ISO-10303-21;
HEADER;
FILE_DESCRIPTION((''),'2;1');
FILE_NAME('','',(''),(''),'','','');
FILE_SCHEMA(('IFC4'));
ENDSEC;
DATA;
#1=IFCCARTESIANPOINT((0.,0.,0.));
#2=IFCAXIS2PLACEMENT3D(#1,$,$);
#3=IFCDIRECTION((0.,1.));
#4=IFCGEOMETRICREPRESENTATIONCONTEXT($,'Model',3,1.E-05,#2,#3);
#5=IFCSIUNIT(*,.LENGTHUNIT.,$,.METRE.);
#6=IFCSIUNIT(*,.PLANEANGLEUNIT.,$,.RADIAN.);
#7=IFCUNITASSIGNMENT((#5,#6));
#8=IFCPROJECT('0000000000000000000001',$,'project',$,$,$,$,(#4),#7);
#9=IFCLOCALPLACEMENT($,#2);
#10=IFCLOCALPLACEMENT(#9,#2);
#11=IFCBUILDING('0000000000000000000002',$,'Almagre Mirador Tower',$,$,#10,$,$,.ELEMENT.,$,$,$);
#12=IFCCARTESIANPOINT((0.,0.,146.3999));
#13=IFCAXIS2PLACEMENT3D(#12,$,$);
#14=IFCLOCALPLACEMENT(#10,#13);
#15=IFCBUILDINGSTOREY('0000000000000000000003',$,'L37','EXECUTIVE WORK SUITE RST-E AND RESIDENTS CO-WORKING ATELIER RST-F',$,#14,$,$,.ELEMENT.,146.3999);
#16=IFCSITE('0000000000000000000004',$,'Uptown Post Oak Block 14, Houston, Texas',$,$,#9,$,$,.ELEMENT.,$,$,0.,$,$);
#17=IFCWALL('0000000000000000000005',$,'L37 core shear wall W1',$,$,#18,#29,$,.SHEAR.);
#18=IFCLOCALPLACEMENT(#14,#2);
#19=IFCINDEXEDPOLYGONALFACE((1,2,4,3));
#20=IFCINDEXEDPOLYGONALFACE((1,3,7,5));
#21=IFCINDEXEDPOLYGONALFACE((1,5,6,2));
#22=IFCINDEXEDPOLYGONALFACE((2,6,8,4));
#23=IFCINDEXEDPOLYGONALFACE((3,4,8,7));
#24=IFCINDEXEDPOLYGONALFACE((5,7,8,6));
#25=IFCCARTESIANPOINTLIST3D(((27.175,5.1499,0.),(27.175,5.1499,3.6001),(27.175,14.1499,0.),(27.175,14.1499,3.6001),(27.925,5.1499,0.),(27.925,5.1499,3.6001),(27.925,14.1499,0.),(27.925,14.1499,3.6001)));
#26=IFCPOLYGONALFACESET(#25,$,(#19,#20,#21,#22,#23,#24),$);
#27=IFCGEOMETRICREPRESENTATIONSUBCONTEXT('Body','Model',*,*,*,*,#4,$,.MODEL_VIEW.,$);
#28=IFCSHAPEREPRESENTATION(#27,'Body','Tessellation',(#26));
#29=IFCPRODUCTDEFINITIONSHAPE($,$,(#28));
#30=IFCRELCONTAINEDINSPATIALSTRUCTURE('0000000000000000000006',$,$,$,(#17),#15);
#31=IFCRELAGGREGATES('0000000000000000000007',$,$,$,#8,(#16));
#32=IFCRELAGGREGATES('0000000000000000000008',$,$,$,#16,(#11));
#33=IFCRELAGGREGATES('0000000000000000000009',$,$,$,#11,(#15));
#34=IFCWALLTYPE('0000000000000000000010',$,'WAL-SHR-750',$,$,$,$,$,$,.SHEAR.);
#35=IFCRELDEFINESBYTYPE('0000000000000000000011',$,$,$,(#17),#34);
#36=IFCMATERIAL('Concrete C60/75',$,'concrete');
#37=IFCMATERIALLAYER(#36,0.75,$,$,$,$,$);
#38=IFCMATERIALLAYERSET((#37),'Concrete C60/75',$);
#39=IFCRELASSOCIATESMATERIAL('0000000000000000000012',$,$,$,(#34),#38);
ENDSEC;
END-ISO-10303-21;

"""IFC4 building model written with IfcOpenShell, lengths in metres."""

from ifc_helpers import new_model, si_unit, direction, frame, frame_2d, origin, place, context, subcontext, project, spatial, rectangle, extrude, material, layer, layer_set, type_object, element, save


model = new_model("IFC4")

# Units and contexts
model_context = context("Model", 3, precision=1e-05, world=origin(), true_north=direction((0.0, 1.0)))
body_context = subcontext(model_context, "Body", "Model", "MODEL_VIEW")
ifc_project = project(units=[si_unit("LENGTHUNIT", "METRE"), si_unit("PLANEANGLEUNIT", "RADIAN")], contexts=[model_context])

# Site, building, storey
site_placement = place(None, origin())
site = spatial("IfcSite", under=ifc_project, at=site_placement, Name="Uptown Post Oak Block 14, Houston, Texas", CompositionType="ELEMENT", RefElevation=0.0)
building_placement = place(site_placement, origin())
building = spatial("IfcBuilding", under=site, at=building_placement, Name="Almagre Mirador Tower", CompositionType="ELEMENT")
storey_placement = place(building_placement, frame((0.0, 0.0, 146.3999)))
storey = spatial("IfcBuildingStorey", under=building, at=storey_placement, Name="L37", Description="EXECUTIVE WORK SUITE RST-E AND RESIDENTS CO-WORKING ATELIER RST-F", CompositionType="ELEMENT", Elevation=146.3999)

# Wall
ifc_material_1 = material(Name="Concrete C60/75", Category="concrete")
ifc_layer_1 = layer(ifc_material_1, 0.75)
ifc_layer_set_1 = layer_set([ifc_layer_1], Name="Concrete C60/75")
wall_type_1 = type_object("IfcWallType", Name="WAL-SHR-750", PredefinedType="SHEAR", material=ifc_layer_set_1)
wall_1_placement = place(storey_placement, frame((27.55, 5.1499, 0.0), z_axis=(0.0, 0.0, 1.0), x_axis=(0.0, 1.0, 0.0)))
element("IfcWall", 1, at=wall_1_placement, inside=storey, type_object=wall_type_1, Name="L37 core shear wall W1", PredefinedType="SHEAR", context=body_context, shape_type="SweptSolid", body=[
    extrude(rectangle(XDim=9.0, YDim=0.75, at=frame_2d((4.5, 0.0))), origin(), (0.0, 0.0, 1.0), 3.6001),
])

save(model, "model.ifc")
